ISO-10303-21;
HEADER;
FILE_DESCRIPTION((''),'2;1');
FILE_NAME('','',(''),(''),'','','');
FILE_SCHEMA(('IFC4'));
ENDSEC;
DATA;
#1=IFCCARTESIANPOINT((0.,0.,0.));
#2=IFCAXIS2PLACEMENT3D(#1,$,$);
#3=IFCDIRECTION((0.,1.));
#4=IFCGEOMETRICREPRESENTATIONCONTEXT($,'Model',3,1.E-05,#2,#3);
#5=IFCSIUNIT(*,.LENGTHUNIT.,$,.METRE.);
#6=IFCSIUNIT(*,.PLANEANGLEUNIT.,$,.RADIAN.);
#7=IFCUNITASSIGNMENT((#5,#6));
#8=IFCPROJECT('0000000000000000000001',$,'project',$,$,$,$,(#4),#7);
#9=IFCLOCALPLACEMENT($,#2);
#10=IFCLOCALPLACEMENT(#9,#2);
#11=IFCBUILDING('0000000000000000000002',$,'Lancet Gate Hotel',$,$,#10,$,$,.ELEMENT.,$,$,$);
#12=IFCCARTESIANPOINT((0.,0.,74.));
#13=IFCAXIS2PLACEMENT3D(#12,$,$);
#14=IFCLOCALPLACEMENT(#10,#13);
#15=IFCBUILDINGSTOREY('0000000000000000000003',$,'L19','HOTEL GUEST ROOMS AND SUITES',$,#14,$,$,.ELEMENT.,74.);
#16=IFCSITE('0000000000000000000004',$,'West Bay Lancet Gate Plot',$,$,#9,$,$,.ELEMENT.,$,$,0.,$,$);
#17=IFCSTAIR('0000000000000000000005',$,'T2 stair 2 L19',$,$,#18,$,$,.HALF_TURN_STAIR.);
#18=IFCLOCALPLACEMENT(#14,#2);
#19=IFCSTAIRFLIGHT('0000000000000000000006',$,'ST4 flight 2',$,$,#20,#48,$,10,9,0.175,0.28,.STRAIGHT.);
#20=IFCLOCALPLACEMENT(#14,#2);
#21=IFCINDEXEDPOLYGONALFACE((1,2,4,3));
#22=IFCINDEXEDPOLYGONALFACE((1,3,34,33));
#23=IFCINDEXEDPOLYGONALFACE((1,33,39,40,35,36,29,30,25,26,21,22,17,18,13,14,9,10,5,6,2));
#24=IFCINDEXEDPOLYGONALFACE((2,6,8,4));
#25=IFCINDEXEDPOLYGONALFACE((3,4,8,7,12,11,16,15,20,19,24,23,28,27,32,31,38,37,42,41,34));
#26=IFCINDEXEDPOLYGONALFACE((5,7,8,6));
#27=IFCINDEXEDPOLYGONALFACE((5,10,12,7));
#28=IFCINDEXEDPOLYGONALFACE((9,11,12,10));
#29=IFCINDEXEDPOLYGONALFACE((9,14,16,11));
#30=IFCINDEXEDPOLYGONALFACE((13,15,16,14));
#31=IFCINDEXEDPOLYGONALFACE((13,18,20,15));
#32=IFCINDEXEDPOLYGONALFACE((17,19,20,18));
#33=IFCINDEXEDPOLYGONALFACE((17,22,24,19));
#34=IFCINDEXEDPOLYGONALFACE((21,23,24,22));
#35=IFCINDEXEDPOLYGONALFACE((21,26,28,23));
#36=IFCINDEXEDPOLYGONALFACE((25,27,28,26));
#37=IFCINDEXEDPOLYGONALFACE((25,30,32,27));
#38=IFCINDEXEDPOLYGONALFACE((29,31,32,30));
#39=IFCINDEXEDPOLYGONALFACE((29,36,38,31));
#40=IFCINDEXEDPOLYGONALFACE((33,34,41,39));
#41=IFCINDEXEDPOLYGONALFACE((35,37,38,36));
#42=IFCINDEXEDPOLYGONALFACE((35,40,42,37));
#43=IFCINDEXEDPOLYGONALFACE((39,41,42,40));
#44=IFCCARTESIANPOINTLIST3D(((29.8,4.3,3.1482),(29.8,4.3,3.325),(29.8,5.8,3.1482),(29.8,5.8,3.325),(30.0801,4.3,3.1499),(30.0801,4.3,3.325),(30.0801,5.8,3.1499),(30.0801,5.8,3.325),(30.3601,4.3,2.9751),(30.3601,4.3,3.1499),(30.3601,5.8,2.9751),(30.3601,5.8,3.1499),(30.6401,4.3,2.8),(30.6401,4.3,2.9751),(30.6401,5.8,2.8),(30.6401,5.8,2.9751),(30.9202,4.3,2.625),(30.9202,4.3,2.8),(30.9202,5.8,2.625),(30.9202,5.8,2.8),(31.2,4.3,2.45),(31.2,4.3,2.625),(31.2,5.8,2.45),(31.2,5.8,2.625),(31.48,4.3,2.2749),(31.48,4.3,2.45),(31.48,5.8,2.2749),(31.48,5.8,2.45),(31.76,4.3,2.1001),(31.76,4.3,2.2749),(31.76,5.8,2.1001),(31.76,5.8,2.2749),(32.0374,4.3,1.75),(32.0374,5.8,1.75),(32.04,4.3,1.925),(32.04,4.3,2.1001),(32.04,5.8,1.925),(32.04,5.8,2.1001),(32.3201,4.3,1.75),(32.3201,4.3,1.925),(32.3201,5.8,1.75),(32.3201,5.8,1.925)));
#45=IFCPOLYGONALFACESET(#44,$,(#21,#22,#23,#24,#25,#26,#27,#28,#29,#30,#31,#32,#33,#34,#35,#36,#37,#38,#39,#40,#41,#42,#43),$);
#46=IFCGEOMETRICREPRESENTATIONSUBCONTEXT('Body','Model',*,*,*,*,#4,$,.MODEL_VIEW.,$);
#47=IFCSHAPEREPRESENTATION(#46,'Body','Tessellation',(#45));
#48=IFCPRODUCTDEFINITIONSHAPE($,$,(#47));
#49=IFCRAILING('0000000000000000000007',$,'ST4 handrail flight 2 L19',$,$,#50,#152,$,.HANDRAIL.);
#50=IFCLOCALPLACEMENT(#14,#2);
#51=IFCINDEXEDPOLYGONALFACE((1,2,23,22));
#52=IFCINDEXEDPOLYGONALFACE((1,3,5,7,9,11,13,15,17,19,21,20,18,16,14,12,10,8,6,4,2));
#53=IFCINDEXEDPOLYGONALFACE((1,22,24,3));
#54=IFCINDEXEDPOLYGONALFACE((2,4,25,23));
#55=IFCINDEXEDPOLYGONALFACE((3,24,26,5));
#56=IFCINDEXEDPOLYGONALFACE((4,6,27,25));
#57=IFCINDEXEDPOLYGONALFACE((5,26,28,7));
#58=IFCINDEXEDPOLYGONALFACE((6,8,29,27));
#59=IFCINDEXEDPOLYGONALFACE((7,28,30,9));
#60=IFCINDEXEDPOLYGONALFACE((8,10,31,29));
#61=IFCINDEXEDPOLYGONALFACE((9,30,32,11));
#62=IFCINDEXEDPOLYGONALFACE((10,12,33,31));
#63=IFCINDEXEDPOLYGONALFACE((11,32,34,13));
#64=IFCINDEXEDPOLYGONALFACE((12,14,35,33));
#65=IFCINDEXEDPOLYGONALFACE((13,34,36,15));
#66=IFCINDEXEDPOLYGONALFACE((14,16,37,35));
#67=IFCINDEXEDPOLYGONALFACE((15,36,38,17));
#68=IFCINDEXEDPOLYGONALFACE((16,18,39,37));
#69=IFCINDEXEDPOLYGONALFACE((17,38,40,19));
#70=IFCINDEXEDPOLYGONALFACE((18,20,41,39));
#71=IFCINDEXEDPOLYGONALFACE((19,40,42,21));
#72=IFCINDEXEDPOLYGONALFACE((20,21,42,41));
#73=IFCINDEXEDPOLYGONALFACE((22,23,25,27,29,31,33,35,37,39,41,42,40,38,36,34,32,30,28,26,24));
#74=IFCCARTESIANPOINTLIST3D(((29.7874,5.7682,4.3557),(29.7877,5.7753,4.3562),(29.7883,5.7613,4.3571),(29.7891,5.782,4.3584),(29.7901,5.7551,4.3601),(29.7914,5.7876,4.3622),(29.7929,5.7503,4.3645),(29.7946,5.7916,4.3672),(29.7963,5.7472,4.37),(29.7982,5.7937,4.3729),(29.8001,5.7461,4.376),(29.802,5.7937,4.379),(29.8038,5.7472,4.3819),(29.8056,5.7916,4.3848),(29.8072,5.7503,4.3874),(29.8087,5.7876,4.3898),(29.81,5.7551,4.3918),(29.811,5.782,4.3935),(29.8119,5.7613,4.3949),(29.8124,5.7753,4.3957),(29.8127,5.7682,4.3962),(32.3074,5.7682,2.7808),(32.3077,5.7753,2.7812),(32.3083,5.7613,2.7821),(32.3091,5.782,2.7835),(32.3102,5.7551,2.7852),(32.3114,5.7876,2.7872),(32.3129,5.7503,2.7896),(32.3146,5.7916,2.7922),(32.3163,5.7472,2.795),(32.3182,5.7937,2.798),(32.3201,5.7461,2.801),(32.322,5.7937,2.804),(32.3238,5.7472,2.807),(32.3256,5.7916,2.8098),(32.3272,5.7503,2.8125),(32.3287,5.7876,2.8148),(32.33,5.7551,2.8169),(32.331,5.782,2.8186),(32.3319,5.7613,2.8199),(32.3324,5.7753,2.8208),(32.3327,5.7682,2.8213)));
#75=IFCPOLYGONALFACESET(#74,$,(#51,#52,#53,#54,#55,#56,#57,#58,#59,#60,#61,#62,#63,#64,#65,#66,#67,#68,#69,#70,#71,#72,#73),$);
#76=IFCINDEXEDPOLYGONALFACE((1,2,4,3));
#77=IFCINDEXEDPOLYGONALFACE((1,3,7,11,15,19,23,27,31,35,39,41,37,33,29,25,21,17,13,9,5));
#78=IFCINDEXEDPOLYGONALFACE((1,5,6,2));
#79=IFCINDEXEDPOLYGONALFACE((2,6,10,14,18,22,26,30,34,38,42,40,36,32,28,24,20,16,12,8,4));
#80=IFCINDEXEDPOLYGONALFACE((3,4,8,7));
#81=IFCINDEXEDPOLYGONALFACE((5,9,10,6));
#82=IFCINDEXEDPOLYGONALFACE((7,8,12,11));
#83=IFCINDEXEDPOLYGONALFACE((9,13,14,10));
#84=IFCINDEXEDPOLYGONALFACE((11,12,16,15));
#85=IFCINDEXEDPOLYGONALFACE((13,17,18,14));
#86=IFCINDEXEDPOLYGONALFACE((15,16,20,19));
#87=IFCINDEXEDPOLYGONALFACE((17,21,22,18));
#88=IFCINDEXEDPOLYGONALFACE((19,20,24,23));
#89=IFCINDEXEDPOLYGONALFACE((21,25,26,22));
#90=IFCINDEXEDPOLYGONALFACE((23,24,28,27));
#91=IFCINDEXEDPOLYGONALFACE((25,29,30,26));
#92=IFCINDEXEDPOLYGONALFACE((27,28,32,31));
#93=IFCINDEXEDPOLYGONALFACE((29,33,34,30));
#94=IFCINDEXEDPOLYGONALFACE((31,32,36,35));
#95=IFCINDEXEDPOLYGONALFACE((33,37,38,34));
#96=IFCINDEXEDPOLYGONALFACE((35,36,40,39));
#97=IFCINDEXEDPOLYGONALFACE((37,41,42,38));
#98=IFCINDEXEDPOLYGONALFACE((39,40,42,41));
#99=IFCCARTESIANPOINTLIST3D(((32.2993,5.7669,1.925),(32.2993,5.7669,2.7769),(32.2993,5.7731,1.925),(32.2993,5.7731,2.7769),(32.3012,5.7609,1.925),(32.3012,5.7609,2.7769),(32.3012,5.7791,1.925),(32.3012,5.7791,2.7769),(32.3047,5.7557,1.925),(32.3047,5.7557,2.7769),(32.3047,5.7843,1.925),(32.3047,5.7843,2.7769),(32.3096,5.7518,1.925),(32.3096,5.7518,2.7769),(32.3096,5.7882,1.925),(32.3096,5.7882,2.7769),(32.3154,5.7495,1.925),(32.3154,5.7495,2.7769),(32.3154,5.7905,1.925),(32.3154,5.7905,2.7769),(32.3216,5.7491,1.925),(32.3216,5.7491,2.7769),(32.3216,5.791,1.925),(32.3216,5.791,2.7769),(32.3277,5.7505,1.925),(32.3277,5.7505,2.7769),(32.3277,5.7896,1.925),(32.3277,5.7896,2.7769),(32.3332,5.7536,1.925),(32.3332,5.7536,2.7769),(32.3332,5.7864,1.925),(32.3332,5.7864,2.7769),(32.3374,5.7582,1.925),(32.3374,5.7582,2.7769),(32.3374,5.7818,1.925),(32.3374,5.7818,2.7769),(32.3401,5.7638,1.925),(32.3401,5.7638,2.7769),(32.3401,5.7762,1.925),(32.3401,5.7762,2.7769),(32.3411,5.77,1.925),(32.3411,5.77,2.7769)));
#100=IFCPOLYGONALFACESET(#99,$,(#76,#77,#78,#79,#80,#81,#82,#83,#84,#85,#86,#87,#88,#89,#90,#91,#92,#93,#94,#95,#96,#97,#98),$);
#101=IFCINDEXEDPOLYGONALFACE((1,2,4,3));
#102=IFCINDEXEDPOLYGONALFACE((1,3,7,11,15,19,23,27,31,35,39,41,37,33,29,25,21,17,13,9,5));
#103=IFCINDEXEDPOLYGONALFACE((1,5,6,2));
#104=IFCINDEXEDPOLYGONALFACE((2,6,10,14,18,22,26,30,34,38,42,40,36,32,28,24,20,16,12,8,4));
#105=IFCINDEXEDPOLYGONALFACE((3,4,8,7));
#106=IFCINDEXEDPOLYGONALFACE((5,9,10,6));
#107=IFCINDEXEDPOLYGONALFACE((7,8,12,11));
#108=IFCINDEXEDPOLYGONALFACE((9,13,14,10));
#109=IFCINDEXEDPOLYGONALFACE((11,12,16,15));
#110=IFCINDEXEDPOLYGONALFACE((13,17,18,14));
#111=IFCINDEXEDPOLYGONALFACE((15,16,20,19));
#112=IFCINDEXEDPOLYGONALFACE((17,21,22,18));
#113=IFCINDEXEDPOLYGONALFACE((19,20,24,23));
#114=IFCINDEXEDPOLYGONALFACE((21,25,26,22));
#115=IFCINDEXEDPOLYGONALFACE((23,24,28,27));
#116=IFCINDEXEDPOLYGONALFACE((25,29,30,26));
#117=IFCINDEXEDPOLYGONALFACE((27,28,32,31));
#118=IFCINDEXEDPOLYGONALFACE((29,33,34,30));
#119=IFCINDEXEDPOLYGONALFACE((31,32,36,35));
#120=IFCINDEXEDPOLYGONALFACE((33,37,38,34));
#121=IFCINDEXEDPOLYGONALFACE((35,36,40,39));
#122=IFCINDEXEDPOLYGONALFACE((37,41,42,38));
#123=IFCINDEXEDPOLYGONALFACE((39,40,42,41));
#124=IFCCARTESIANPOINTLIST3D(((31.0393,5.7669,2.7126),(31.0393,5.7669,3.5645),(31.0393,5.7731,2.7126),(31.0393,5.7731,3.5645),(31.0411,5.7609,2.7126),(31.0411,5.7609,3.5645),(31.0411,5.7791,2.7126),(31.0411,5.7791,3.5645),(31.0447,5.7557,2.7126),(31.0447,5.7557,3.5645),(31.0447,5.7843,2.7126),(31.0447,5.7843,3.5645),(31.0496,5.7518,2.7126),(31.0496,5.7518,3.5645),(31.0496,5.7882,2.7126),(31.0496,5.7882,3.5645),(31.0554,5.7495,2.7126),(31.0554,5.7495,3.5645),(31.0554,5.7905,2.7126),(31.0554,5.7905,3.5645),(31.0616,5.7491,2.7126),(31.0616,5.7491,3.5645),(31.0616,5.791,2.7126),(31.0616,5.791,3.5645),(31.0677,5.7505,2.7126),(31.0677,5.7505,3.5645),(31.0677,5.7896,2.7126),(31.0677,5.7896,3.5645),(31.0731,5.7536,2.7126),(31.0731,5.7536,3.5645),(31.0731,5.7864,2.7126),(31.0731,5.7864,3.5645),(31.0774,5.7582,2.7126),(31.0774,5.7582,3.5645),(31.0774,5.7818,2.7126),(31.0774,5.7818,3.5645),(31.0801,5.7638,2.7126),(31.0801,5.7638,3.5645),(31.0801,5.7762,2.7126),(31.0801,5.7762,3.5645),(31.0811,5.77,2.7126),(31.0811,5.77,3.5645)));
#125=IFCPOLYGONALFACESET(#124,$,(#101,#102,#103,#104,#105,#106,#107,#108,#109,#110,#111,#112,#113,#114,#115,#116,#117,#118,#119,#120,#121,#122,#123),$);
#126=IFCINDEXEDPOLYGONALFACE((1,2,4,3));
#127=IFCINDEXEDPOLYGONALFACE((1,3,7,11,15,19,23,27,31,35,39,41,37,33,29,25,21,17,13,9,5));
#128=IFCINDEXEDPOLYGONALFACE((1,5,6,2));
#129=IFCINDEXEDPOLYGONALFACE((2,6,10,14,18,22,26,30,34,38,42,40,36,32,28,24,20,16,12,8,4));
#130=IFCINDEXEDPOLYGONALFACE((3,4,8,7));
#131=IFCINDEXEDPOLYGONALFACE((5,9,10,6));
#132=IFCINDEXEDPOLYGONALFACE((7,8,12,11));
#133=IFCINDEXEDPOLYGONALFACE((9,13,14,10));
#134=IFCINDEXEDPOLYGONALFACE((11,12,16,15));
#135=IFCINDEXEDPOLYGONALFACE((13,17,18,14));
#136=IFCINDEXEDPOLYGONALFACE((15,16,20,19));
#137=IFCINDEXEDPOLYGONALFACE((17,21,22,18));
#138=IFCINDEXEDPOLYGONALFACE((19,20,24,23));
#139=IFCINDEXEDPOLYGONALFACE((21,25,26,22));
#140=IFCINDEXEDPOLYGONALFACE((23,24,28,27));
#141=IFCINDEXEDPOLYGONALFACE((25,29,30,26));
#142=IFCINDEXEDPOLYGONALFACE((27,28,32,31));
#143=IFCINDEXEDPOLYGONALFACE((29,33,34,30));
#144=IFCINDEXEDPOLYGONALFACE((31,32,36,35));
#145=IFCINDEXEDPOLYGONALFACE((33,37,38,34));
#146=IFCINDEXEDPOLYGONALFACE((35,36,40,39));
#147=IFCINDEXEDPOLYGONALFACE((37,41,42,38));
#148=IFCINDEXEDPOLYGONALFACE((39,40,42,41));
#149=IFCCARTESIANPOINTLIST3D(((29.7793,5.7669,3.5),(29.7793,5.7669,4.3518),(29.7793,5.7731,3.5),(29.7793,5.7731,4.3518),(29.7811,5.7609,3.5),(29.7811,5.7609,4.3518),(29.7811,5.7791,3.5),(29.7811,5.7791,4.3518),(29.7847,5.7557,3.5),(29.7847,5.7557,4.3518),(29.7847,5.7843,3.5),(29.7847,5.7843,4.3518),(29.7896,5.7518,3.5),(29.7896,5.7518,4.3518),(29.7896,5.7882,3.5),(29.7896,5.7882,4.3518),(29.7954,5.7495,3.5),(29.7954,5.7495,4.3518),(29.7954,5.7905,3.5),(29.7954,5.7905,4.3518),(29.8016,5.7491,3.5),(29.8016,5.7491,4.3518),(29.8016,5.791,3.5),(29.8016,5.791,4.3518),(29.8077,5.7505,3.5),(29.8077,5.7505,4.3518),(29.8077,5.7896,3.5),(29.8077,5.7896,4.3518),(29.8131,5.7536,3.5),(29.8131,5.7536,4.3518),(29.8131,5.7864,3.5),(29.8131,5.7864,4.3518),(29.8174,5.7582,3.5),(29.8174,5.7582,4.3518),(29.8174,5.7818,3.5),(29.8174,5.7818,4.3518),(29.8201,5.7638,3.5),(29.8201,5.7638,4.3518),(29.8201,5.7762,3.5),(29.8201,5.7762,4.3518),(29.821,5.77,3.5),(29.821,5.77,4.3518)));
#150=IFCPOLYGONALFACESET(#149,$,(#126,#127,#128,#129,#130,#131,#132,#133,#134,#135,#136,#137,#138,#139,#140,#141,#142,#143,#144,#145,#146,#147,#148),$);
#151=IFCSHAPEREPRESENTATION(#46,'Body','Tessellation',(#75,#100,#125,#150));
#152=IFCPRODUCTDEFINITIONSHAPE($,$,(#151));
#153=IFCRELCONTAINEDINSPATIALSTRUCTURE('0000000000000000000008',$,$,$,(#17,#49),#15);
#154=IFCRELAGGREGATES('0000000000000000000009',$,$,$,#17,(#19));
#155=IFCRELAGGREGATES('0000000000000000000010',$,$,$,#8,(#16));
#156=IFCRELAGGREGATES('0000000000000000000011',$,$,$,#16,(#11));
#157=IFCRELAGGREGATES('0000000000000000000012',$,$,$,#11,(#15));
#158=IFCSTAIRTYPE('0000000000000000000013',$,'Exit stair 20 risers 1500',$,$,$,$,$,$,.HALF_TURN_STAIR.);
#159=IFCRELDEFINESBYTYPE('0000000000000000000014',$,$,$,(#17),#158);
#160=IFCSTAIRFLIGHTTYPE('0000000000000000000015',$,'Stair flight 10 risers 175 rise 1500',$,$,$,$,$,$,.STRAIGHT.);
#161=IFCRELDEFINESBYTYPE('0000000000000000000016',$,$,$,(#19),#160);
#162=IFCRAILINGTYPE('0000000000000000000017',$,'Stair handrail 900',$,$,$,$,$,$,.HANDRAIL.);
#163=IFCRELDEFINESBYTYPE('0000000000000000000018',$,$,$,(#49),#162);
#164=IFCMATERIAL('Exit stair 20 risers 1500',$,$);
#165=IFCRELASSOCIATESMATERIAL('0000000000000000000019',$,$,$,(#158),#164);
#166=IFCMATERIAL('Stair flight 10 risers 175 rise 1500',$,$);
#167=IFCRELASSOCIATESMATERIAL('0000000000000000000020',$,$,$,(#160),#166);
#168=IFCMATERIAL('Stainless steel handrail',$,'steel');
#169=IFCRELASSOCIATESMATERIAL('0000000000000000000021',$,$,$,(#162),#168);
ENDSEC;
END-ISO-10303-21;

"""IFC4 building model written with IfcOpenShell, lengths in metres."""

from ifc_helpers import new_model, si_unit, direction, frame, origin, origin_2d, place, context, subcontext, project, spatial, polyline, circle, outline, extrude, material, type_object, element, aggregate, save


model = new_model("IFC4")

# Units and contexts
model_context = context("Model", 3, precision=1e-05, world=origin(), true_north=direction((0.0, 1.0)))
body_context = subcontext(model_context, "Body", "Model", "MODEL_VIEW")
ifc_project = project(units=[si_unit("LENGTHUNIT", "METRE"), si_unit("PLANEANGLEUNIT", "RADIAN")], contexts=[model_context])

# Site, building, storey
site_placement = place(None, origin())
site = spatial("IfcSite", under=ifc_project, at=site_placement, Name="West Bay Lancet Gate Plot", CompositionType="ELEMENT", RefElevation=0.0)
building_placement = place(site_placement, origin())
building = spatial("IfcBuilding", under=site, at=building_placement, Name="Lancet Gate Hotel", CompositionType="ELEMENT")
storey_placement = place(building_placement, frame((0.0, 0.0, 74.0)))
storey = spatial("IfcBuildingStorey", under=building, at=storey_placement, Name="L19", Description="HOTEL GUEST ROOMS AND SUITES", CompositionType="ELEMENT", Elevation=74.0)

# Stair, stair flight
ifc_material_1 = material(Name="Exit stair 20 risers 1500")
stair_type = type_object("IfcStairType", Name="Exit stair 20 risers 1500", PredefinedType="HALF_TURN_STAIR", material=ifc_material_1)
stair_placement = place(storey_placement, origin())
stair = element("IfcStair", 1, at=stair_placement, inside=storey, type_object=stair_type, Name="T2 stair 2 L19", PredefinedType="HALF_TURN_STAIR")
ifc_material_2 = material(Name="Stair flight 10 risers 175 rise 1500")
stair_flight_type = type_object("IfcStairFlightType", Name="Stair flight 10 risers 175 rise 1500", PredefinedType="STRAIGHT", material=ifc_material_2)
stair_flight_1_placement = place(storey_placement, frame((32.3201, 5.05, 1.75), z_axis=(0.0, 0.0, 1.0), x_axis=(-1.0, 0.0, 0.0)))
stair_flight_1 = element("IfcStairFlight", 2, at=stair_flight_1_placement, type_object=stair_flight_type, Name="ST4 flight 2", NumberOfRisers=10, NumberOfTreads=9, PredefinedType="STRAIGHT", RiserHeight=0.175, TreadLength=0.28, context=body_context, shape_type="SweptSolid", body=[
    extrude(outline(polyline([(0.0, 0.0), (0.0, 0.175), (0.28, 0.175), (0.28, 0.3501), (0.5601, 0.3501), (0.5601, 0.5249), (0.8401, 0.5249), (0.8401, 0.7), (1.1201, 0.7), (1.1201, 0.875), (1.3999, 0.875), (1.3999, 1.05), (1.6799, 1.05), (1.6799, 1.2251), (1.96, 1.2251), (1.96, 1.3999), (2.24, 1.3999), (2.24, 1.575), (2.52, 1.575), (2.52, 1.75), (2.52, 1.3982), (0.2827, 0.0), (0.0, 0.0)])), frame((0.0, 0.75, 0.0), z_axis=(0.0, -1.0, 0.0), x_axis=(1.0, 0.0, 0.0)), (0.0, 0.0, 1.0), 1.5),
])
aggregate(stair, [stair_flight_1])

# Railing
ifc_material_3 = material(Name="Stainless steel handrail", Category="steel")
railing_type = type_object("IfcRailingType", Name="Stair handrail 900", PredefinedType="HANDRAIL", material=ifc_material_3)
railing_placement = place(storey_placement, frame((32.3201, 5.77, 1.925)))
element("IfcRailing", 3, at=railing_placement, inside=storey, type_object=railing_type, Name="ST4 handrail flight 2 L19", PredefinedType="HANDRAIL", context=body_context, shape_type="SweptSolid", body=[
    extrude(circle(Radius=0.0239, at=origin_2d()), frame((0.0, 0.0, 0.876), z_axis=(-0.848008, 0.0, 0.529984), x_axis=(0.0, -1.0, 0.0)), (0.0, 0.0, 1.0), 2.9717),
    extrude(circle(Radius=0.021, at=origin_2d()), origin(), (0.0, 0.0, 1.0), 0.8518),
    extrude(circle(Radius=0.021, at=origin_2d()), frame((-1.26, 0.0, 0.7876)), (0.0, 0.0, 1.0), 0.8518),
    extrude(circle(Radius=0.021, at=origin_2d()), frame((-2.52, 0.0, 1.575)), (0.0, 0.0, 1.0), 0.8518),
])

save(model, "model.ifc")
